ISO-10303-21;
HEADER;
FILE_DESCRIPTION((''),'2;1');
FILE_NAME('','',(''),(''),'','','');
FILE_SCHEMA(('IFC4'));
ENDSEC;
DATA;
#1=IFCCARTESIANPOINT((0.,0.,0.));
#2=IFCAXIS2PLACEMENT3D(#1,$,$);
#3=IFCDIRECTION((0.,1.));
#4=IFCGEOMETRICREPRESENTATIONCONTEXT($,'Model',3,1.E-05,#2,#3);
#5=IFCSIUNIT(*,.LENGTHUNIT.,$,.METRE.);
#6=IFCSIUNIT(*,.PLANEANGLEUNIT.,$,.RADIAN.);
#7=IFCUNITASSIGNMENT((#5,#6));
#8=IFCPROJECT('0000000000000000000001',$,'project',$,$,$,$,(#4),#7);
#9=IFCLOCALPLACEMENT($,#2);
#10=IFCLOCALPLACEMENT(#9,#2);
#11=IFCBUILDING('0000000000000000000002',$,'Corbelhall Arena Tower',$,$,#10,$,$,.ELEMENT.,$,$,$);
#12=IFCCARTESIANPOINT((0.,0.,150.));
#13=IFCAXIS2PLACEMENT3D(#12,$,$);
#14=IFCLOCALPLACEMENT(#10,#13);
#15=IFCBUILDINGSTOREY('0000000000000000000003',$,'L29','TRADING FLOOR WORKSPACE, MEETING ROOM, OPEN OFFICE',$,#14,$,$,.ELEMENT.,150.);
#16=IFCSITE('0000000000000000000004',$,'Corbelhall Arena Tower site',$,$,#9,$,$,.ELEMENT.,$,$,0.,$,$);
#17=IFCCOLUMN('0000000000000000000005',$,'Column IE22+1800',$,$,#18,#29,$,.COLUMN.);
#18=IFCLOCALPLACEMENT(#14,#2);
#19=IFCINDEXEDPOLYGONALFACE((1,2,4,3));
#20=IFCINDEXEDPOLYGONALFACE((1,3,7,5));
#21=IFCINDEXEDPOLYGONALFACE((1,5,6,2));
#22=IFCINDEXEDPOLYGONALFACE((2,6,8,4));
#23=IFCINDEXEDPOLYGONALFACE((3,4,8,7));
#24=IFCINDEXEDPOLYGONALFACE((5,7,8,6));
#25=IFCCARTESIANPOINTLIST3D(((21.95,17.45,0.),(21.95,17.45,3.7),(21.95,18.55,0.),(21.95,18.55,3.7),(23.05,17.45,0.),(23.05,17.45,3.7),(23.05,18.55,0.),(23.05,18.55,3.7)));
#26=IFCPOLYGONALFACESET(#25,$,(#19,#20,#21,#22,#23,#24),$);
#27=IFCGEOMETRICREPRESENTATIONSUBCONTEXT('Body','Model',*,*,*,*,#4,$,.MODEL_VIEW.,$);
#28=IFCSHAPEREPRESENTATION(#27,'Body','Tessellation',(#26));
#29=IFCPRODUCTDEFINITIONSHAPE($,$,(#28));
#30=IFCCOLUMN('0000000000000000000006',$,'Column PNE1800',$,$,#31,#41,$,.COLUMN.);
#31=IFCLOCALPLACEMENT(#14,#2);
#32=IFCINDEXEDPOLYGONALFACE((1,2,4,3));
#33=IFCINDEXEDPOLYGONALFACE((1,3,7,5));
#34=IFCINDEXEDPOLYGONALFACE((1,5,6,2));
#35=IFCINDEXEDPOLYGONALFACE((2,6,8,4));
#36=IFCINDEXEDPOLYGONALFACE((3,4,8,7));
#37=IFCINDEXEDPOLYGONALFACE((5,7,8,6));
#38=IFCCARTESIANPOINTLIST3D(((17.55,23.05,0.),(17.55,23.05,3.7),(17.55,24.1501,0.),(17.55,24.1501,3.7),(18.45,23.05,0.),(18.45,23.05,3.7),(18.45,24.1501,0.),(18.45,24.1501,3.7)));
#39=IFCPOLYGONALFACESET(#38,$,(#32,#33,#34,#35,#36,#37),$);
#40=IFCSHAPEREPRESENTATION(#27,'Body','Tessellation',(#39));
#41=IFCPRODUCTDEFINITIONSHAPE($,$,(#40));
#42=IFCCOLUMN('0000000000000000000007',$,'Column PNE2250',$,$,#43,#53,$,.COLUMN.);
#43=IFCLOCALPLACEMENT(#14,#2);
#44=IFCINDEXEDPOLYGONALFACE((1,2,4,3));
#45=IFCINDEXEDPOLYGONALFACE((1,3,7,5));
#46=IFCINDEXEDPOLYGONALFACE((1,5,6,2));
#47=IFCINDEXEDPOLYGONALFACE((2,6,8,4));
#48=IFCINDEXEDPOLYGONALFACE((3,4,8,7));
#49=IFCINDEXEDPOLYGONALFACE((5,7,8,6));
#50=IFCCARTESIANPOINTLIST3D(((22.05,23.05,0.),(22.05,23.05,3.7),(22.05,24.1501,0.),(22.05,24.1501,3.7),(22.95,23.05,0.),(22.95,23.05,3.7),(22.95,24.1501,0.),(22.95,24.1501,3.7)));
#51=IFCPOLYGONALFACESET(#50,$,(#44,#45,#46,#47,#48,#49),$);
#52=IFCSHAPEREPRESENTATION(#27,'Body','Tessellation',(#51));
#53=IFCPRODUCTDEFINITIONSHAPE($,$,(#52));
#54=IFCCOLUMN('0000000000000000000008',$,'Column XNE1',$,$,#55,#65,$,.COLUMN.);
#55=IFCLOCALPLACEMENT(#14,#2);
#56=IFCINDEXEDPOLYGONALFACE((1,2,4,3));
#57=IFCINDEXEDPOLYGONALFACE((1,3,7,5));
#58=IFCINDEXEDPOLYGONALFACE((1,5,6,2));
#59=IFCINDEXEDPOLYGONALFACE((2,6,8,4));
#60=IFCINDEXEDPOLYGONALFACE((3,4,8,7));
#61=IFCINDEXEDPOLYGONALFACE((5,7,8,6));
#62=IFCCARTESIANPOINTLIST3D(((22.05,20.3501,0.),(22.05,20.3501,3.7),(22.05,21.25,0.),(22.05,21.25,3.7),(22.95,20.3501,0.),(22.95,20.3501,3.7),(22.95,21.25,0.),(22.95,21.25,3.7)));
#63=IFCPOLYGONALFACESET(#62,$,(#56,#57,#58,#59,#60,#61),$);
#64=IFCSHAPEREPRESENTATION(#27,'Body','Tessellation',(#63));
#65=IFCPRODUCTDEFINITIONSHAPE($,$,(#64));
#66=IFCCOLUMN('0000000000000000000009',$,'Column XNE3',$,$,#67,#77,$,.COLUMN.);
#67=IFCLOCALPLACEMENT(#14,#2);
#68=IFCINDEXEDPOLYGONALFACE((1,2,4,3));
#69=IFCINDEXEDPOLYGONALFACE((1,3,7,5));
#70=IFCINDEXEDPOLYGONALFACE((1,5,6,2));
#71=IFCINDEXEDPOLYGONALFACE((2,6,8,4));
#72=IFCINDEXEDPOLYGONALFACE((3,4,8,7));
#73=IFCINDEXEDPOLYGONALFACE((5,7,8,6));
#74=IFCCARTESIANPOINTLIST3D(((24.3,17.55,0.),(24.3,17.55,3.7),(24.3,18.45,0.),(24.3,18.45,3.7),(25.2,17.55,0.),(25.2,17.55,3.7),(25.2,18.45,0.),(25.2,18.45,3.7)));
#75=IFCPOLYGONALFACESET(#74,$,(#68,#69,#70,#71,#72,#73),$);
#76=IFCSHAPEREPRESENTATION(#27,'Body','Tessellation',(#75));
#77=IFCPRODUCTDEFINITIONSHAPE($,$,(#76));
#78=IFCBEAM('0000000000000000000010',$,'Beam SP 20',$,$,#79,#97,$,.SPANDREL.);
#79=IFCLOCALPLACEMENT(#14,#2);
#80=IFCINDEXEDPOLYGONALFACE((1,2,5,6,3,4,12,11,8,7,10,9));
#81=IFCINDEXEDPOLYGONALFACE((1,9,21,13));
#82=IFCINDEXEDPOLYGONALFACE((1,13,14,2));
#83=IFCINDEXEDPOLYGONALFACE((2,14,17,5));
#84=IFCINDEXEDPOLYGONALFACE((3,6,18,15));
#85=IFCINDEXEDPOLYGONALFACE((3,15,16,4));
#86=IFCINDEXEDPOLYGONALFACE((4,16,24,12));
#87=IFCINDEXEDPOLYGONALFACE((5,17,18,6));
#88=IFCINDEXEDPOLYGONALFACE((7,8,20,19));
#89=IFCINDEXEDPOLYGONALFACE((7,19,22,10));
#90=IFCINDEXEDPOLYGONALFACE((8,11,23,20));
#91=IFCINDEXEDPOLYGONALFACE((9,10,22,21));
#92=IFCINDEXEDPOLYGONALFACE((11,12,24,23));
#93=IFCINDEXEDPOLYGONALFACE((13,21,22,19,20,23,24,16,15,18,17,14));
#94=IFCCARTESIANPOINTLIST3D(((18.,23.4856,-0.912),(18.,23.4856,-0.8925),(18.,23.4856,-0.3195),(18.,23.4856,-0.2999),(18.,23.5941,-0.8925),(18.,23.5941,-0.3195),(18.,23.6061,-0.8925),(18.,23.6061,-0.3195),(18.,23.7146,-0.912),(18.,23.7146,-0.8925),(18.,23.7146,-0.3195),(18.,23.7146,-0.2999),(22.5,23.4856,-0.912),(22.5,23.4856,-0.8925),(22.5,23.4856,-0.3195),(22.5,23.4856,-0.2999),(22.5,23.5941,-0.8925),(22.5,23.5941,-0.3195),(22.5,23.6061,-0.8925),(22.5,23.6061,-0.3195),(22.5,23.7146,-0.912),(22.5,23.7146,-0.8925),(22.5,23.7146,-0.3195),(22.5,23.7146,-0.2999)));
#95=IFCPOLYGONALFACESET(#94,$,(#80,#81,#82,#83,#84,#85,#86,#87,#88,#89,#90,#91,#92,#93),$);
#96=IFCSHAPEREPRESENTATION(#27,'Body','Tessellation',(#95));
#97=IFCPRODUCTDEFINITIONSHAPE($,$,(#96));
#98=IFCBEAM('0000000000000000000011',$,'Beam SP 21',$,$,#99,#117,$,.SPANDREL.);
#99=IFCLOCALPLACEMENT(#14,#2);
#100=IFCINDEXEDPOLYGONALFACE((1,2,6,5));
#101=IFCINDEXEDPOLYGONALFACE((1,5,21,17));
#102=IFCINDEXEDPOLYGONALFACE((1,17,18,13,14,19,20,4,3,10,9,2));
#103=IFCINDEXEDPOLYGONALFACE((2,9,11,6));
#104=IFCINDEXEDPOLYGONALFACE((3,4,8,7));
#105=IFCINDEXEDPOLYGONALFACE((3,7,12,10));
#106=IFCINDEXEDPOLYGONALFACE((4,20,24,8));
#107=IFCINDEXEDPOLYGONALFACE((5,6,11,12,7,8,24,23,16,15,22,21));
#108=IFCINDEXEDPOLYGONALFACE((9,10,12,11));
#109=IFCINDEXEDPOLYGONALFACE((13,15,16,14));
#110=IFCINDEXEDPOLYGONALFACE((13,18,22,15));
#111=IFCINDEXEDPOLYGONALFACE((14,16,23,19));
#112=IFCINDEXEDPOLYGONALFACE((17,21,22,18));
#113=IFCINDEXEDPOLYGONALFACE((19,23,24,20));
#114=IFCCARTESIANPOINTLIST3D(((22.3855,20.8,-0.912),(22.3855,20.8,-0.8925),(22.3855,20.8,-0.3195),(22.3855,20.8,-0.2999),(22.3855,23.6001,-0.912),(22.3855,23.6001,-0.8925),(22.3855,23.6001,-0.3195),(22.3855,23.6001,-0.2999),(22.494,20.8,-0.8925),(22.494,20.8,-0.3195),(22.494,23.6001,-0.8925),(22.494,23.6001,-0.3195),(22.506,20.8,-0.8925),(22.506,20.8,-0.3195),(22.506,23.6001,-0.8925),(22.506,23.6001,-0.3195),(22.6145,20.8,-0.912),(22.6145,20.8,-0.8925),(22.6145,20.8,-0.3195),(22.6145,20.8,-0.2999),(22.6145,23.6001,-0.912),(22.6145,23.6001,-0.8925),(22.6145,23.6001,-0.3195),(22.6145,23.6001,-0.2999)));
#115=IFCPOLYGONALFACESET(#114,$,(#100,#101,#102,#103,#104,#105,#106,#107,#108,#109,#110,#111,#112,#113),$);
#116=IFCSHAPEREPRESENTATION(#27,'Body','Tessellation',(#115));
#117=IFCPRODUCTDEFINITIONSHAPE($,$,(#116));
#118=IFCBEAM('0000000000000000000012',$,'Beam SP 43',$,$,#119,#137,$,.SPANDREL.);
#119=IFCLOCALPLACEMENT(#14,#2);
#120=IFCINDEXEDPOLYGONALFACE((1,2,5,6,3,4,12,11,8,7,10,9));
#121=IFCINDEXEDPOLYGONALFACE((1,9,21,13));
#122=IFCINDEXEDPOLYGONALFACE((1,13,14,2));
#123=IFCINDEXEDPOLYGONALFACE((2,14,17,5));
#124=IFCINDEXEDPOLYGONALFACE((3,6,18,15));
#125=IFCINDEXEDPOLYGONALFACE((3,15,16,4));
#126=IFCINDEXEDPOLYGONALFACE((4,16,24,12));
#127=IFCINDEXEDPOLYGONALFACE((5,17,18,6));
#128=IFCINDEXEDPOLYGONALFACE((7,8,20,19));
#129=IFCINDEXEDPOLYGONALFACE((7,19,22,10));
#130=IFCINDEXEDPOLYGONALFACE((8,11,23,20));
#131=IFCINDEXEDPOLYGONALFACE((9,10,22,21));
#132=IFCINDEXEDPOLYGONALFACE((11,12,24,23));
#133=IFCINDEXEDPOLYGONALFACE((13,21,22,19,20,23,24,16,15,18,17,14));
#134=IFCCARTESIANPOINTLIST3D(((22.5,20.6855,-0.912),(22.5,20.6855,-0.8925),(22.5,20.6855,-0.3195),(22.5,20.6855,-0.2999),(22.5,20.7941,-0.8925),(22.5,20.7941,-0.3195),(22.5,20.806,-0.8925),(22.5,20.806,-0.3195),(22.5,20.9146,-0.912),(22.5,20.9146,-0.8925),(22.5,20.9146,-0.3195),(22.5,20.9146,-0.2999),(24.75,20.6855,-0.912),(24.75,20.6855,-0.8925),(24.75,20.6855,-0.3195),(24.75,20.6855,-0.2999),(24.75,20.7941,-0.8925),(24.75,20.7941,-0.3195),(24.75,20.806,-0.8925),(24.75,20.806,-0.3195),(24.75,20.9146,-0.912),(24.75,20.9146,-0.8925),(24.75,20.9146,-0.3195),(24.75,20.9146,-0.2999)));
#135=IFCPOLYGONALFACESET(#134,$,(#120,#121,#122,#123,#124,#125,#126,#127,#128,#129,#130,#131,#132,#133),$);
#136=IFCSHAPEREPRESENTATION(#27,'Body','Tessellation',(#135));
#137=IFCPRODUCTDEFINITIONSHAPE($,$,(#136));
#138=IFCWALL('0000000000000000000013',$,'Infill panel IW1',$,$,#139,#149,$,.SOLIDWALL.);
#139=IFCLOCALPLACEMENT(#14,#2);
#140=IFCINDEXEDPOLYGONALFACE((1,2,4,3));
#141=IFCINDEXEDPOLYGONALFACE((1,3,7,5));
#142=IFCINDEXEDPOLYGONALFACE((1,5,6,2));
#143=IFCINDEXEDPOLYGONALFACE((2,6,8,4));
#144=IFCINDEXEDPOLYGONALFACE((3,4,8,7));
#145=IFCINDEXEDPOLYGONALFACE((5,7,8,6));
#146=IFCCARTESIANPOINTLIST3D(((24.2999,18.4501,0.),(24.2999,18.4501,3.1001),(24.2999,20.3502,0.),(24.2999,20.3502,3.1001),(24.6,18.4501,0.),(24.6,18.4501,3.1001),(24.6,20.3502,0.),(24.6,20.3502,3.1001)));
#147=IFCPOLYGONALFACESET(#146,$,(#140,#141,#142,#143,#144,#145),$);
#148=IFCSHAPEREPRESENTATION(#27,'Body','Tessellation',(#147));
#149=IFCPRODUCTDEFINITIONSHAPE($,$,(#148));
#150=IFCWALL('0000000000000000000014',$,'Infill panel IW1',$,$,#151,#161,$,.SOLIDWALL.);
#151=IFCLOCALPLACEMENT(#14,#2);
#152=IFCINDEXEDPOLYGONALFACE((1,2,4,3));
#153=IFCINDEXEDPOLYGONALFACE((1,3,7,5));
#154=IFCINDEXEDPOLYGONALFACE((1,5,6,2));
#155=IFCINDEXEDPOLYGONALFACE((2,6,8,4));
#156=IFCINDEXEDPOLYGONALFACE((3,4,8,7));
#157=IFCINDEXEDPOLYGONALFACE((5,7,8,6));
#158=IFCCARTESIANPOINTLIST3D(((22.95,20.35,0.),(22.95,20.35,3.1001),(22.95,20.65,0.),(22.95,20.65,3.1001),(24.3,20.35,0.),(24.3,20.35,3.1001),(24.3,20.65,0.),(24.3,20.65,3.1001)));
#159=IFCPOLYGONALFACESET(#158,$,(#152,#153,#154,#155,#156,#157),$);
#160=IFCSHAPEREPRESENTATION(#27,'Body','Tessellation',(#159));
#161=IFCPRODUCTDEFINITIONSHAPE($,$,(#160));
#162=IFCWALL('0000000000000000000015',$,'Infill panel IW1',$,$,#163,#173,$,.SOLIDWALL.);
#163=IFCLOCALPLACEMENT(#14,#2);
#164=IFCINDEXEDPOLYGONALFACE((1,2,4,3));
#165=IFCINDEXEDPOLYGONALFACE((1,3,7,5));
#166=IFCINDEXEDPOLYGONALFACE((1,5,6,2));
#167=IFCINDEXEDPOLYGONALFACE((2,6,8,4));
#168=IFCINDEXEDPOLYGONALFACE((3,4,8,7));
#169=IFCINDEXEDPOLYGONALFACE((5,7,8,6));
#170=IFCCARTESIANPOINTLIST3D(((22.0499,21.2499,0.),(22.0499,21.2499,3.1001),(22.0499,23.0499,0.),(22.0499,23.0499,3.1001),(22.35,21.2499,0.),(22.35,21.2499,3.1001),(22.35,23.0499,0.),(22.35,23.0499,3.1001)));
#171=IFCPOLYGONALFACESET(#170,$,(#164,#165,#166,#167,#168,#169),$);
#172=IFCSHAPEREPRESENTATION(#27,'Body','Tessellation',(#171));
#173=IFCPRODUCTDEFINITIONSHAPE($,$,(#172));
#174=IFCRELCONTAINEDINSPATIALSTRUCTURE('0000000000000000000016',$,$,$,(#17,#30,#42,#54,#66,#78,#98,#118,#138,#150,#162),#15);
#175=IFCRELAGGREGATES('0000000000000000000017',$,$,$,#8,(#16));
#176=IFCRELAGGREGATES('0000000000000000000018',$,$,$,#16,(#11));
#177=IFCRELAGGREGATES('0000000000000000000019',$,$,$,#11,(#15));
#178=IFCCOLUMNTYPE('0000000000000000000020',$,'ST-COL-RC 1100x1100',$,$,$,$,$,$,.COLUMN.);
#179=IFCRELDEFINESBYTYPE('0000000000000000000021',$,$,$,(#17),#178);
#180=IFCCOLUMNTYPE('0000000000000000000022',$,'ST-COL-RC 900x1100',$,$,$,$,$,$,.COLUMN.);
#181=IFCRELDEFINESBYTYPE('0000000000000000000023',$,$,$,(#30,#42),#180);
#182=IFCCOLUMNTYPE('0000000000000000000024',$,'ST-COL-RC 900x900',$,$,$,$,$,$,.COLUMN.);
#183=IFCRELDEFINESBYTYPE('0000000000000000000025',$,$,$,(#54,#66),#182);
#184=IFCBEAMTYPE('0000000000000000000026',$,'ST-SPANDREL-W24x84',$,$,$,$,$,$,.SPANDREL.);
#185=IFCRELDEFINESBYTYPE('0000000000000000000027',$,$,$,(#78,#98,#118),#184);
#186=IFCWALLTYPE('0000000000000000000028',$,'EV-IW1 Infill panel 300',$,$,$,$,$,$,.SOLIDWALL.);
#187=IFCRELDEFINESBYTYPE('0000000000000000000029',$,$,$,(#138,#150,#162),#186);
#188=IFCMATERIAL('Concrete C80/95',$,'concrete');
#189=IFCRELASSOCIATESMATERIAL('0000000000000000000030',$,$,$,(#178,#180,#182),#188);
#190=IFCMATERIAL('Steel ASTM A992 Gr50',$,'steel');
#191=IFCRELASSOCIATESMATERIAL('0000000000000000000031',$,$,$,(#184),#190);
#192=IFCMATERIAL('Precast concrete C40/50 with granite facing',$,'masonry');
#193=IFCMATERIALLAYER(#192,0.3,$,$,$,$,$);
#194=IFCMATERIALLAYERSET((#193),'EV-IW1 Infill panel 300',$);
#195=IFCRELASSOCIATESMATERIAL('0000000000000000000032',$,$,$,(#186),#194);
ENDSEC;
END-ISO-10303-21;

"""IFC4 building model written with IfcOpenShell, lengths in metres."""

from ifc_helpers import new_model, si_unit, direction, frame, frame_2d, origin, origin_2d, place, context, subcontext, project, spatial, rectangle, i_section, extrude, material, layer, layer_set, material_profile, profile_set, type_object, element, save


model = new_model("IFC4")

# Units and contexts
model_context = context("Model", 3, precision=1e-05, world=origin(), true_north=direction((0.0, 1.0)))
body_context = subcontext(model_context, "Body", "Model", "MODEL_VIEW")
ifc_project = project(units=[si_unit("LENGTHUNIT", "METRE"), si_unit("PLANEANGLEUNIT", "RADIAN")], contexts=[model_context])

# Site, building, storey
site_placement = place(None, origin())
site = spatial("IfcSite", under=ifc_project, at=site_placement, Name="Corbelhall Arena Tower site", CompositionType="ELEMENT", RefElevation=0.0)
building_placement = place(site_placement, origin())
building = spatial("IfcBuilding", under=site, at=building_placement, Name="Corbelhall Arena Tower", CompositionType="ELEMENT")
storey_placement = place(building_placement, frame((0.0, 0.0, 150.0)))
storey = spatial("IfcBuildingStorey", under=building, at=storey_placement, Name="L29", Description="TRADING FLOOR WORKSPACE, MEETING ROOM, OPEN OFFICE", CompositionType="ELEMENT", Elevation=150.0)

# Columns
ifc_material_1 = material(Name="Concrete C80/95", Category="concrete")
ifc_material_profile_1 = material_profile(ifc_material_1, rectangle(XDim=1.1001, YDim=1.1001, at=origin_2d()))
ifc_profile_set_1 = profile_set([ifc_material_profile_1], Name="Concrete C80/95")
column_type_1 = type_object("IfcColumnType", Name="ST-COL-RC 1100x1100", PredefinedType="COLUMN", material=ifc_profile_set_1)
column_placement = place(storey_placement, frame((22.5, 18.0, 0.0), z_axis=(0.0, 0.0, 1.0), x_axis=(1.0, 0.0, 0.0)))
element("IfcColumn", 1, at=column_placement, inside=storey, type_object=column_type_1, Name="Column IE22+1800", PredefinedType="COLUMN", context=body_context, shape_type="SweptSolid", body=[
    extrude(rectangle(XDim=1.1001, YDim=1.1001, at=origin_2d()), origin(), (0.0, 0.0, 1.0), 3.7),
])
ifc_material_profile_2 = material_profile(ifc_material_1, rectangle(XDim=0.8999, YDim=1.1001, at=origin_2d()))
ifc_profile_set_2 = profile_set([ifc_material_profile_2], Name="Concrete C80/95")
column_type_2 = type_object("IfcColumnType", Name="ST-COL-RC 900x1100", PredefinedType="COLUMN", material=ifc_profile_set_2)
for number, where, z_axis, x_axis, name in (
    (2, (18.0, 23.6001, 0.0), (0.0, 0.0, 1.0), (1.0, 0.0, 0.0), "Column PNE1800"),
    (3, (22.5, 23.6001, 0.0), (0.0, 0.0, 1.0), (1.0, 0.0, 0.0), "Column PNE2250"),
):
    element("IfcColumn", number, at=place(storey_placement, frame(where, z_axis=z_axis, x_axis=x_axis)), inside=storey, type_object=column_type_2, Name=name, PredefinedType="COLUMN", context=body_context, shape_type="SweptSolid", body=[
        extrude(rectangle(XDim=0.8999, YDim=1.1001, at=origin_2d()), origin(), (0.0, 0.0, 1.0), 3.7),
    ])
ifc_material_profile_3 = material_profile(ifc_material_1, rectangle(XDim=0.8999, YDim=0.8999, at=origin_2d()))
ifc_profile_set_3 = profile_set([ifc_material_profile_3], Name="Concrete C80/95")
column_type_3 = type_object("IfcColumnType", Name="ST-COL-RC 900x900", PredefinedType="COLUMN", material=ifc_profile_set_3)
for number, where, z_axis, x_axis, name in (
    (4, (22.5, 20.8, 0.0), (0.0, 0.0, 1.0), (1.0, 0.0, 0.0), "Column XNE1"),
    (5, (24.75, 18.0, 0.0), (0.0, 0.0, 1.0), (1.0, 0.0, 0.0), "Column XNE3"),
):
    element("IfcColumn", number, at=place(storey_placement, frame(where, z_axis=z_axis, x_axis=x_axis)), inside=storey, type_object=column_type_3, Name=name, PredefinedType="COLUMN", context=body_context, shape_type="SweptSolid", body=[
        extrude(rectangle(XDim=0.8999, YDim=0.8999, at=origin_2d()), origin(), (0.0, 0.0, 1.0), 3.7),
    ])

# Beams
ifc_material_2 = material(Name="Steel ASTM A992 Gr50", Category="steel")
ifc_material_profile_4 = material_profile(ifc_material_2, i_section(OverallWidth=0.229, OverallDepth=0.6121, WebThickness=0.012, FlangeThickness=0.0195, at=origin_2d()))
ifc_profile_set_4 = profile_set([ifc_material_profile_4], Name="Steel ASTM A992 Gr50")
beam_type = type_object("IfcBeamType", Name="ST-SPANDREL-W24x84", PredefinedType="SPANDREL", material=ifc_profile_set_4)
beam_1_placement = place(storey_placement, frame((18.0, 23.6001, -0.606), z_axis=(1.0, 0.0, 0.0), x_axis=(0.0, 1.0, 0.0)))
element("IfcBeam", 6, at=beam_1_placement, inside=storey, type_object=beam_type, Name="Beam SP 20", PredefinedType="SPANDREL", context=body_context, shape_type="SweptSolid", body=[
    extrude(i_section(OverallWidth=0.229, OverallDepth=0.6121, WebThickness=0.012, FlangeThickness=0.0195, at=origin_2d()), origin(), (0.0, 0.0, 1.0), 4.5),
])
beam_2_placement = place(storey_placement, frame((22.5, 23.6001, -0.606), z_axis=(0.0, -1.0, 0.0), x_axis=(1.0, 0.0, 0.0)))
element("IfcBeam", 7, at=beam_2_placement, inside=storey, type_object=beam_type, Name="Beam SP 21", PredefinedType="SPANDREL", context=body_context, shape_type="SweptSolid", body=[
    extrude(i_section(OverallWidth=0.229, OverallDepth=0.6121, WebThickness=0.012, FlangeThickness=0.0195, at=origin_2d()), origin(), (0.0, 0.0, 1.0), 2.8),
])
beam_3_placement = place(storey_placement, frame((22.5, 20.8, -0.606), z_axis=(1.0, 0.0, 0.0), x_axis=(0.0, 1.0, 0.0)))
element("IfcBeam", 8, at=beam_3_placement, inside=storey, type_object=beam_type, Name="Beam SP 43", PredefinedType="SPANDREL", context=body_context, shape_type="SweptSolid", body=[
    extrude(i_section(OverallWidth=0.229, OverallDepth=0.6121, WebThickness=0.012, FlangeThickness=0.0195, at=origin_2d()), origin(), (0.0, 0.0, 1.0), 2.25),
])

# Walls
ifc_material_3 = material(Name="Precast concrete C40/50 with granite facing", Category="masonry")
ifc_layer_1 = layer(ifc_material_3, 0.3)
ifc_layer_set_1 = layer_set([ifc_layer_1], Name="EV-IW1 Infill panel 300")
wall_type_1 = type_object("IfcWallType", Name="EV-IW1 Infill panel 300", PredefinedType="SOLIDWALL", material=ifc_layer_set_1)
wall_1_placement = place(storey_placement, frame((24.45, 18.45, 0.0), z_axis=(0.0, 0.0, 1.0), x_axis=(0.0, 1.0, 0.0)))
element("IfcWall", 9, at=wall_1_placement, inside=storey, type_object=wall_type_1, Name="Infill panel IW1", PredefinedType="SOLIDWALL", context=body_context, shape_type="SweptSolid", body=[
    extrude(rectangle(XDim=1.9001, YDim=0.3, at=frame_2d((0.9502, 0.0))), origin(), (0.0, 0.0, 1.0), 3.1001),
])
wall_2_placement = place(storey_placement, frame((24.3, 20.5, 0.0), z_axis=(0.0, 0.0, 1.0), x_axis=(-1.0, 0.0, 0.0)))
element("IfcWall", 10, at=wall_2_placement, inside=storey, type_object=wall_type_1, Name="Infill panel IW1", PredefinedType="SOLIDWALL", context=body_context, shape_type="SweptSolid", body=[
    extrude(rectangle(XDim=1.3501, YDim=0.3, at=frame_2d((0.675, 0.0))), origin(), (0.0, 0.0, 1.0), 3.1001),
])
wall_3_placement = place(storey_placement, frame((22.2, 21.25, 0.0), z_axis=(0.0, 0.0, 1.0), x_axis=(0.0, 1.0, 0.0)))
element("IfcWall", 11, at=wall_3_placement, inside=storey, type_object=wall_type_1, Name="Infill panel IW1", PredefinedType="SOLIDWALL", context=body_context, shape_type="SweptSolid", body=[
    extrude(rectangle(XDim=1.8, YDim=0.3, at=frame_2d((0.8999, 0.0))), origin(), (0.0, 0.0, 1.0), 3.1001),
])

save(model, "model.ifc")
